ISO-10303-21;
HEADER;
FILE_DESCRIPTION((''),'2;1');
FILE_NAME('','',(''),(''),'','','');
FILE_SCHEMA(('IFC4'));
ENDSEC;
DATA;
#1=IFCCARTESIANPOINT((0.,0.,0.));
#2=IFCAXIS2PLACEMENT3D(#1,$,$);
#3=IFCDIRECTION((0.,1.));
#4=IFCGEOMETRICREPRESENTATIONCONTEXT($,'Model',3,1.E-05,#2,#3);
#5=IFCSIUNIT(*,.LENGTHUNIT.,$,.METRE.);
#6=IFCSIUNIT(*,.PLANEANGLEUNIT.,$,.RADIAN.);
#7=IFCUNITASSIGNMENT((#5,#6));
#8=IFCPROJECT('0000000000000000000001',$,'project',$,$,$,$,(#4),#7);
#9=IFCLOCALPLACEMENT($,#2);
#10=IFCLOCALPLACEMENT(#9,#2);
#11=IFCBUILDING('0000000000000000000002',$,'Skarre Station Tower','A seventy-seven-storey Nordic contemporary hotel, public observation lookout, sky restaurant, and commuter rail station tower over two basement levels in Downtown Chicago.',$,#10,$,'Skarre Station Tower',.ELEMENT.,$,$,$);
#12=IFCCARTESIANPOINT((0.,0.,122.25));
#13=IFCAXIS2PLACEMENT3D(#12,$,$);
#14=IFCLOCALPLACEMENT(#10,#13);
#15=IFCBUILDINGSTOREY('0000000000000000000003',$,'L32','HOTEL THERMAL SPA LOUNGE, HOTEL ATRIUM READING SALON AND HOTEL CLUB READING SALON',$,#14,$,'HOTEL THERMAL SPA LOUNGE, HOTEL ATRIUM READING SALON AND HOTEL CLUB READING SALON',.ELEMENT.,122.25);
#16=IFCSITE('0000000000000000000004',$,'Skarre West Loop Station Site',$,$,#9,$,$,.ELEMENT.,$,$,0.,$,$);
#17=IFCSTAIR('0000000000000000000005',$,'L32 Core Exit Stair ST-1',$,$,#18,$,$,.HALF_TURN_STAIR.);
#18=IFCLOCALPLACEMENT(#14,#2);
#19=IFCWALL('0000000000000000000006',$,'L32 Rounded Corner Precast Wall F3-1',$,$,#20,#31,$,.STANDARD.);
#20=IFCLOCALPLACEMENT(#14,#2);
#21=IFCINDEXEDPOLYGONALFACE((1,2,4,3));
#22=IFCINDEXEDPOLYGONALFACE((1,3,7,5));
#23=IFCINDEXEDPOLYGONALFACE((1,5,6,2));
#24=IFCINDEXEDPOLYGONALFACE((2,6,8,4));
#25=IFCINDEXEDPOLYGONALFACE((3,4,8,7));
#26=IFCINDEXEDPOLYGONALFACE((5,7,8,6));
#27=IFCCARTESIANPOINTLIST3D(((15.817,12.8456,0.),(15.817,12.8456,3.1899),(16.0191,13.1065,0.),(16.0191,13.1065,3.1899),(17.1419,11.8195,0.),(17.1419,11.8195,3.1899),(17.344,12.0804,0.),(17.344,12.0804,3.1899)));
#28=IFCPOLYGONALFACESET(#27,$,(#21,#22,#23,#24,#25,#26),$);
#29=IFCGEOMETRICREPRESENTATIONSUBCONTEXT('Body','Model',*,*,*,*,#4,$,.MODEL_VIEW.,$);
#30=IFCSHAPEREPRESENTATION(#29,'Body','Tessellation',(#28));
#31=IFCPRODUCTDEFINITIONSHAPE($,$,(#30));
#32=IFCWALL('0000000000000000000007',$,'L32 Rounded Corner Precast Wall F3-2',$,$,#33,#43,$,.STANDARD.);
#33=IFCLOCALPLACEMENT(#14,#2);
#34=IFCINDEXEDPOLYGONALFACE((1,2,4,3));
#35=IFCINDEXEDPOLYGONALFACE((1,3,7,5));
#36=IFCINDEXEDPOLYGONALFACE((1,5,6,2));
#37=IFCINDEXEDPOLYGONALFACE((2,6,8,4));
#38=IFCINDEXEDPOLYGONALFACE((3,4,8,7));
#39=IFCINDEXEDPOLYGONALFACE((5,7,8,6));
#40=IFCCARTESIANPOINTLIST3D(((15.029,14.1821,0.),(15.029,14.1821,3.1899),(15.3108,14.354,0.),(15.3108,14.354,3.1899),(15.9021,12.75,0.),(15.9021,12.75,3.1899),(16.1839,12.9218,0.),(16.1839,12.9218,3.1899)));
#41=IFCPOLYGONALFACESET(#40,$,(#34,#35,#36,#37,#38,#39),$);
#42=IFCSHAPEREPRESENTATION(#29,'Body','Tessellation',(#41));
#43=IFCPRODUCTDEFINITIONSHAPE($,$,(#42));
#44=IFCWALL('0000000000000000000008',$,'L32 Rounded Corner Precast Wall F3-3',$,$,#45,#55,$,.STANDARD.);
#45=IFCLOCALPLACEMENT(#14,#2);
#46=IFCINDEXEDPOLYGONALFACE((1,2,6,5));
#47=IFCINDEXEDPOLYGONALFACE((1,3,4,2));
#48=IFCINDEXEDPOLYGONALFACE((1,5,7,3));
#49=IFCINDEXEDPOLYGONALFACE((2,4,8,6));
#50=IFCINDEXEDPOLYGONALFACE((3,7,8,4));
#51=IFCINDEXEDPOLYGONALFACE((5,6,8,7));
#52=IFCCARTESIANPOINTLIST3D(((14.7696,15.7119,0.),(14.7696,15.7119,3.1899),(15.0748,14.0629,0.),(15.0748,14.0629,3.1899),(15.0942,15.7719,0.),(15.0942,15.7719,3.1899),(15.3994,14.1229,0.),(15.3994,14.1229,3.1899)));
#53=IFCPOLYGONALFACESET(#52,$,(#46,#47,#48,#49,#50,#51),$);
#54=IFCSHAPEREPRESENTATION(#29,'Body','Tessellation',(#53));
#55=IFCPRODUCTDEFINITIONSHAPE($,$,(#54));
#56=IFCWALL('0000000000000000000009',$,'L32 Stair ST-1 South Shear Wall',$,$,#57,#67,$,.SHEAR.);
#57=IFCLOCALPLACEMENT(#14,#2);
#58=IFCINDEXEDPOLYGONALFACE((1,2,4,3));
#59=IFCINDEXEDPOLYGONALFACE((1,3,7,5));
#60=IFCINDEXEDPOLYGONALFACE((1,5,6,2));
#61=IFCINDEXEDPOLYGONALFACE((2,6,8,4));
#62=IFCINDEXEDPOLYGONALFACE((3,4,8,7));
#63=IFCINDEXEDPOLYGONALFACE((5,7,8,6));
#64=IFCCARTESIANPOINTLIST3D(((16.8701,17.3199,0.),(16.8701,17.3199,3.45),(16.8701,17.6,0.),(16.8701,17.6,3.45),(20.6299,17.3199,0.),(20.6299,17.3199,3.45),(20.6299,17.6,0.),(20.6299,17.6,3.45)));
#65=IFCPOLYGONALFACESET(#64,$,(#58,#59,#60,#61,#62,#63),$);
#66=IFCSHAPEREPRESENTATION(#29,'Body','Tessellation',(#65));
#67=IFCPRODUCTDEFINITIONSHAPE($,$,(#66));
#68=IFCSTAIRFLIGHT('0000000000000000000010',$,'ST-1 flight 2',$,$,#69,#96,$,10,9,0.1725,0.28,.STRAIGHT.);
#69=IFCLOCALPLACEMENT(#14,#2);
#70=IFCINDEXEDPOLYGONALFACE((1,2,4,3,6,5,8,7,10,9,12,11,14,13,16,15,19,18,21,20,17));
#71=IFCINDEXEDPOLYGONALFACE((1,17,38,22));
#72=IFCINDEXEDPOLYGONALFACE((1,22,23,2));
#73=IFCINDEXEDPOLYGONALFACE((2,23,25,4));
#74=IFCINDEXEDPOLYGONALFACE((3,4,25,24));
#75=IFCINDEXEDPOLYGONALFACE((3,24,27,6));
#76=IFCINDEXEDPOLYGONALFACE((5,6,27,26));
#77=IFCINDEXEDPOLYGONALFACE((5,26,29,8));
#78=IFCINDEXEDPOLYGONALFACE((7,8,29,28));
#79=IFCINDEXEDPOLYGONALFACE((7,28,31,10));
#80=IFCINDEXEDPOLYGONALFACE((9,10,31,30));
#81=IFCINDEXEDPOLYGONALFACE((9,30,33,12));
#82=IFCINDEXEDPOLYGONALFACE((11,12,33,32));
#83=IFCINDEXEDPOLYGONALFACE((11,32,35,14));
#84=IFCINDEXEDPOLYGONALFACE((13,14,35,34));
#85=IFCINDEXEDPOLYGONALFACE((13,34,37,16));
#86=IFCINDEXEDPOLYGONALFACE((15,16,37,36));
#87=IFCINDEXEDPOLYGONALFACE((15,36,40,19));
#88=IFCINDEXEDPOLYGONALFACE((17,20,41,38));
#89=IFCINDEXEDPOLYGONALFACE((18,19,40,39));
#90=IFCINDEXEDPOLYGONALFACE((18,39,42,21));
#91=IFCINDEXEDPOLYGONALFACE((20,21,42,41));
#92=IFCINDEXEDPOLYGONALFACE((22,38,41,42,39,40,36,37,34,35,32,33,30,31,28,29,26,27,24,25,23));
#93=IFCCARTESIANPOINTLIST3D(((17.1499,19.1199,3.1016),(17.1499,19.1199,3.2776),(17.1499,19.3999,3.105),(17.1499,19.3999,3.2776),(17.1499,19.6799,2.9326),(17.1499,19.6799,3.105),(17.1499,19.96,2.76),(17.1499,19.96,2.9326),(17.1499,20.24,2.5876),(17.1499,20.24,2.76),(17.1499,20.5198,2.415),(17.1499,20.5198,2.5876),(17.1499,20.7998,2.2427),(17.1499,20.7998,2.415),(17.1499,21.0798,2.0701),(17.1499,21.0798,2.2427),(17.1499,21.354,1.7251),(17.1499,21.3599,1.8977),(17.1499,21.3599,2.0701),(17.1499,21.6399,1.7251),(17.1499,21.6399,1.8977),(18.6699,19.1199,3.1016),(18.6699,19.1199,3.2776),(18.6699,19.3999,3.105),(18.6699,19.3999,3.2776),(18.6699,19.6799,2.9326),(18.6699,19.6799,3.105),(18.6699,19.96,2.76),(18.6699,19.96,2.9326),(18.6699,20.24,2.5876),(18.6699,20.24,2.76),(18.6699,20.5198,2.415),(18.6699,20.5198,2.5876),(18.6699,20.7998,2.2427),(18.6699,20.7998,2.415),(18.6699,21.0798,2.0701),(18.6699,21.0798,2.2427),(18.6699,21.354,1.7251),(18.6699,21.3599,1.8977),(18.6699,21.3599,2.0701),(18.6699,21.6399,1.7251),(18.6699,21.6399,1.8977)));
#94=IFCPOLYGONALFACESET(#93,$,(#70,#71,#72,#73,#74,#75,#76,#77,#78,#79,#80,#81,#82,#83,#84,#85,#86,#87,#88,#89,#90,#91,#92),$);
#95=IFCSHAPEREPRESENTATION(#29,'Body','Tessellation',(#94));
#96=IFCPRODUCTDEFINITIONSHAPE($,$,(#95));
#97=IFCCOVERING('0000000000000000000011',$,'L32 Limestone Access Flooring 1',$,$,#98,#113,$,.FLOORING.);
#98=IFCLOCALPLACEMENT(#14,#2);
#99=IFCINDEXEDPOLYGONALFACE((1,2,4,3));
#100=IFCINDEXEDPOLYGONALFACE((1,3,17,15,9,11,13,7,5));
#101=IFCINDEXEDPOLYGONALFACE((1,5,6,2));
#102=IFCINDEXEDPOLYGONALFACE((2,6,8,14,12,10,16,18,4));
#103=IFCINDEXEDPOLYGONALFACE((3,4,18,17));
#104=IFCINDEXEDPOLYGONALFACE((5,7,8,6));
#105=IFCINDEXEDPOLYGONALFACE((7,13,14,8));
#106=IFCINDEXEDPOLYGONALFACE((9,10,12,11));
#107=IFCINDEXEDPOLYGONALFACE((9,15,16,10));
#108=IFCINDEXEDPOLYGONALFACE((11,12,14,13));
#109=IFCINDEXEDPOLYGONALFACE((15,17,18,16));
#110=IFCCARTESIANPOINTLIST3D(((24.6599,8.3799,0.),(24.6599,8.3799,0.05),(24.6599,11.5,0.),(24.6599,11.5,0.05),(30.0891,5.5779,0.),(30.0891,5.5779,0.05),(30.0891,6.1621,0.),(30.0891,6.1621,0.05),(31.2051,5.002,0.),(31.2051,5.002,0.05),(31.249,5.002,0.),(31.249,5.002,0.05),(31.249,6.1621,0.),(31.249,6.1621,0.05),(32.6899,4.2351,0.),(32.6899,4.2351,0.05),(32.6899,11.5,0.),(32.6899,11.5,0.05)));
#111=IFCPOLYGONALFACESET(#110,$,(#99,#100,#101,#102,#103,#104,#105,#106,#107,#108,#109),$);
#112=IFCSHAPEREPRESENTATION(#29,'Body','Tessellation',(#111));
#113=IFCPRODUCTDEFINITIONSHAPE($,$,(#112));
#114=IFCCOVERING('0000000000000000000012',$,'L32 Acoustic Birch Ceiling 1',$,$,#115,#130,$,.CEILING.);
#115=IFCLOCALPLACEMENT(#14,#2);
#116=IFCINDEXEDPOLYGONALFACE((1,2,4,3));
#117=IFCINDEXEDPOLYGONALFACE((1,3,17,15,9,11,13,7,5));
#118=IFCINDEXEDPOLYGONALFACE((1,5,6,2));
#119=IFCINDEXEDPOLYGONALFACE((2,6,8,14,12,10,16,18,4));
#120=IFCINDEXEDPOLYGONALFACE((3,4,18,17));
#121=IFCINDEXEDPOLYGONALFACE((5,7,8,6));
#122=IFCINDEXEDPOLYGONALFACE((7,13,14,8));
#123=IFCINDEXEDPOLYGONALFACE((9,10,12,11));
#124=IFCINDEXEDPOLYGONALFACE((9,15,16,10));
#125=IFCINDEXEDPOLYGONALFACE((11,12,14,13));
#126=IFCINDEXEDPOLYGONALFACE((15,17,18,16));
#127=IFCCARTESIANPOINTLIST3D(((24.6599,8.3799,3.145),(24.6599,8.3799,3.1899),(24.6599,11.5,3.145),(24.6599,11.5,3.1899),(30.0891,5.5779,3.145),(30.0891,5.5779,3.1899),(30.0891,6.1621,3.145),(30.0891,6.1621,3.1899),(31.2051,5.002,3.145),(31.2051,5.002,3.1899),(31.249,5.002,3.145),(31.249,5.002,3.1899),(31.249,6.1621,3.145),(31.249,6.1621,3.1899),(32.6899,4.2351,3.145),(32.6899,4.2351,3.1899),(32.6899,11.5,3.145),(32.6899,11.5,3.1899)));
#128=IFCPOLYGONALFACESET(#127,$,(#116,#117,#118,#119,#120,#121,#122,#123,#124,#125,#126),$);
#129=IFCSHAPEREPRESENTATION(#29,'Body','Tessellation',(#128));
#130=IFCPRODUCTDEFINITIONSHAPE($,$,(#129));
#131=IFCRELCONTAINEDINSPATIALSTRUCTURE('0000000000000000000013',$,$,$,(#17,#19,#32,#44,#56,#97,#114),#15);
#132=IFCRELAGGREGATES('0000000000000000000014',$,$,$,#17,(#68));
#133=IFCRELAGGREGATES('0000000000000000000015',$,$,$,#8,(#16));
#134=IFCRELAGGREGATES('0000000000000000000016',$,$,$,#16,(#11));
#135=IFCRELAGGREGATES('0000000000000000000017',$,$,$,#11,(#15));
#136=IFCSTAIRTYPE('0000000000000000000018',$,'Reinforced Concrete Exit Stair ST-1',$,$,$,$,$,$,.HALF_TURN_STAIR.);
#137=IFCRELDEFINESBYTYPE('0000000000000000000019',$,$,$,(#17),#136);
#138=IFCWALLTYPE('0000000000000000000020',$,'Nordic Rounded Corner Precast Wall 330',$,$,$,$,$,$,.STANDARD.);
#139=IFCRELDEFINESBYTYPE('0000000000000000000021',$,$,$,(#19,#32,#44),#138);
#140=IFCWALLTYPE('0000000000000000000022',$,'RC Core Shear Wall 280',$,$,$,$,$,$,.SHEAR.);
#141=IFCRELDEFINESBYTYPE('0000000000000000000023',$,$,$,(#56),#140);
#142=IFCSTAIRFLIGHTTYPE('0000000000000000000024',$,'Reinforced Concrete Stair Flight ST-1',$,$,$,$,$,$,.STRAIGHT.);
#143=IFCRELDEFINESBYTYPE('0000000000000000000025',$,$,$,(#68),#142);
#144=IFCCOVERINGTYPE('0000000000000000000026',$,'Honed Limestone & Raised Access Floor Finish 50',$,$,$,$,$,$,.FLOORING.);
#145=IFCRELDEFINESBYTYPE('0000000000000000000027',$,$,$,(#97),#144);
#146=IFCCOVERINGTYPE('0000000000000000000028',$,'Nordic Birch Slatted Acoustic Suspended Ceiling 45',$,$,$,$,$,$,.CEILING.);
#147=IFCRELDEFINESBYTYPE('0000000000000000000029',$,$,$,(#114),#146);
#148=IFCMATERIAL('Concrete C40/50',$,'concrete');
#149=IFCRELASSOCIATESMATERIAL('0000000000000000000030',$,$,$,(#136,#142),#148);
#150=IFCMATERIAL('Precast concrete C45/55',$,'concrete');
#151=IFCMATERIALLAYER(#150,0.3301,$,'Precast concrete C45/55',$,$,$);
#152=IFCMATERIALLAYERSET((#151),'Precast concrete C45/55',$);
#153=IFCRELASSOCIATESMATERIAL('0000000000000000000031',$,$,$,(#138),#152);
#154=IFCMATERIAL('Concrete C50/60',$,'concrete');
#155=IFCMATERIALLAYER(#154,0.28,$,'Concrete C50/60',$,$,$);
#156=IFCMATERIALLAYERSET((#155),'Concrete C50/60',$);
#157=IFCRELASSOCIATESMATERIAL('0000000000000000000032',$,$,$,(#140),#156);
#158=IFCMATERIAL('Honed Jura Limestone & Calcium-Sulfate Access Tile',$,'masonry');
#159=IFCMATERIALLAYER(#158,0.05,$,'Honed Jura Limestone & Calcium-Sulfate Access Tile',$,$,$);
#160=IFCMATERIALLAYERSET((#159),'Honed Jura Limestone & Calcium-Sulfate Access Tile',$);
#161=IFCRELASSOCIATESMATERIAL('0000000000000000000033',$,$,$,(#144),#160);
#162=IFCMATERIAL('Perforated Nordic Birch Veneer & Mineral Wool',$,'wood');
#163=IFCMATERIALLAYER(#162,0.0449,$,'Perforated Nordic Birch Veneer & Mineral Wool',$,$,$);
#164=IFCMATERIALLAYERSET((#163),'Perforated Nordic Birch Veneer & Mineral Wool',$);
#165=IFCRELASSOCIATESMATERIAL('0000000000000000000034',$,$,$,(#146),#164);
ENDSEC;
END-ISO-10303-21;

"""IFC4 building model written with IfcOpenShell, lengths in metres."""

from ifc_helpers import new_model, si_unit, direction, frame, frame_2d, origin, place, context, subcontext, project, spatial, polyline, rectangle, outline, extrude, material, layer, layer_set, type_object, element, aggregate, save


model = new_model("IFC4")

# Units and contexts
model_context = context("Model", 3, precision=1e-05, world=origin(), true_north=direction((0.0, 1.0)))
body_context = subcontext(model_context, "Body", "Model", "MODEL_VIEW")
ifc_project = project(units=[si_unit("LENGTHUNIT", "METRE"), si_unit("PLANEANGLEUNIT", "RADIAN")], contexts=[model_context])

# Site, building, storey
site_placement = place(None, origin())
site = spatial("IfcSite", under=ifc_project, at=site_placement, Name="Skarre West Loop Station Site", CompositionType="ELEMENT", RefElevation=0.0)
building_placement = place(site_placement, origin())
building = spatial("IfcBuilding", under=site, at=building_placement, Name="Skarre Station Tower", Description="A seventy-seven-storey Nordic contemporary hotel, public observation lookout, sky restaurant, and commuter rail station tower over two basement levels in Downtown Chicago.", LongName="Skarre Station Tower", CompositionType="ELEMENT")
storey_placement = place(building_placement, frame((0.0, 0.0, 122.25)))
storey = spatial("IfcBuildingStorey", under=building, at=storey_placement, Name="L32", Description="HOTEL THERMAL SPA LOUNGE, HOTEL ATRIUM READING SALON AND HOTEL CLUB READING SALON", LongName="HOTEL THERMAL SPA LOUNGE, HOTEL ATRIUM READING SALON AND HOTEL CLUB READING SALON", CompositionType="ELEMENT", Elevation=122.25)

# Shared definitions
ifc_material_1 = material(Name="Concrete C50/60", Category="concrete")

# Stair
ifc_material_2 = material(Name="Concrete C40/50", Category="concrete")
stair_type_1 = type_object("IfcStairType", Name="Reinforced Concrete Exit Stair ST-1", PredefinedType="HALF_TURN_STAIR", material=ifc_material_2)
stair_1_placement = place(storey_placement, origin())
stair_1 = element("IfcStair", 1, at=stair_1_placement, inside=storey, type_object=stair_type_1, Name="L32 Core Exit Stair ST-1", PredefinedType="HALF_TURN_STAIR")

# Shared definitions
ifc_material_3 = material(Name="Precast concrete C45/55", Category="concrete")

# Walls
ifc_layer_1 = layer(ifc_material_3, 0.3301, Name="Precast concrete C45/55")
ifc_layer_set_1 = layer_set([ifc_layer_1], Name="Precast concrete C45/55")
wall_type_1 = type_object("IfcWallType", Name="Nordic Rounded Corner Precast Wall 330", PredefinedType="STANDARD", material=ifc_layer_set_1)
wall_1_placement = place(storey_placement, frame((17.2429, 11.95, 0.0), z_axis=(0.0, 0.0, 1.0), x_axis=(-0.790621, 0.612305, 0.0)))
element("IfcWall", 2, at=wall_1_placement, inside=storey, type_object=wall_type_1, Name="L32 Rounded Corner Precast Wall F3-1", PredefinedType="STANDARD", context=body_context, shape_type="SweptSolid", body=[
    extrude(rectangle(XDim=1.6758, YDim=0.3301, at=frame_2d((0.8379, 0.0))), origin(), (0.0, 0.0, 1.0), 3.1899),
])
wall_2_placement = place(storey_placement, frame((16.043, 12.8359, 0.0), z_axis=(0.0, 0.0, 1.0), x_axis=(-0.520519, 0.85385, 0.0)))
element("IfcWall", 3, at=wall_2_placement, inside=storey, type_object=wall_type_1, Name="L32 Rounded Corner Precast Wall F3-2", PredefinedType="STANDARD", context=body_context, shape_type="SweptSolid", body=[
    extrude(rectangle(XDim=1.6772, YDim=0.3301, at=frame_2d((0.8386, 0.0))), origin(), (0.0, 0.0, 1.0), 3.1899),
])
wall_3_placement = place(storey_placement, frame((15.2371, 14.093, 0.0), z_axis=(0.0, 0.0, 1.0), x_axis=(-0.181985, 0.983301, 0.0)))
element("IfcWall", 4, at=wall_3_placement, inside=storey, type_object=wall_type_1, Name="L32 Rounded Corner Precast Wall F3-3", PredefinedType="STANDARD", context=body_context, shape_type="SweptSolid", body=[
    extrude(rectangle(XDim=1.677, YDim=0.3301, at=frame_2d((0.8384, 0.0))), origin(), (0.0, 0.0, 1.0), 3.1899),
])
ifc_layer_2 = layer(ifc_material_1, 0.28, Name="Concrete C50/60")
ifc_layer_set_2 = layer_set([ifc_layer_2], Name="Concrete C50/60")
wall_type_2 = type_object("IfcWallType", Name="RC Core Shear Wall 280", PredefinedType="SHEAR", material=ifc_layer_set_2)
wall_4_placement = place(storey_placement, frame((16.8701, 17.46, 0.0), z_axis=(0.0, 0.0, 1.0), x_axis=(1.0, 0.0, 0.0)))
element("IfcWall", 5, at=wall_4_placement, inside=storey, type_object=wall_type_2, Name="L32 Stair ST-1 South Shear Wall", PredefinedType="SHEAR", context=body_context, shape_type="SweptSolid", body=[
    extrude(rectangle(XDim=3.7598, YDim=0.28, at=frame_2d((1.8799, 0.0))), origin(), (0.0, 0.0, 1.0), 3.45),
])

# Stair flight
stair_flight_type = type_object("IfcStairFlightType", Name="Reinforced Concrete Stair Flight ST-1", PredefinedType="STRAIGHT", material=ifc_material_2)
stair_flight_placement = place(storey_placement, frame((17.9099, 21.6399, 1.7251), z_axis=(0.0, 0.0, 1.0), x_axis=(0.0, -1.0, 0.0)))
stair_flight = element("IfcStairFlight", 6, at=stair_flight_placement, type_object=stair_flight_type, Name="ST-1 flight 2", NumberOfRisers=10, NumberOfTreads=9, PredefinedType="STRAIGHT", RiserHeight=0.1725, TreadLength=0.28, context=body_context, shape_type="SweptSolid", body=[
    extrude(outline(polyline([(0.0, 0.0), (0.0, 0.1726), (0.28, 0.1726), (0.28, 0.345), (0.5601, 0.345), (0.5601, 0.5176), (0.8401, 0.5176), (0.8401, 0.6899), (1.1201, 0.6899), (1.1201, 0.8625), (1.3999, 0.8625), (1.3999, 1.0349), (1.6799, 1.0349), (1.6799, 1.2075), (1.96, 1.2075), (1.96, 1.3799), (2.24, 1.3799), (2.24, 1.5525), (2.52, 1.5525), (2.52, 1.7251), (2.52, 1.3765), (0.2859, 0.0), (0.0, 0.0)])), frame((0.0, 0.76, 0.0), z_axis=(0.0, -1.0, 0.0), x_axis=(1.0, 0.0, 0.0)), (0.0, 0.0, 1.0), 1.52),
])
aggregate(stair_1, [stair_flight])

# Coverings
ifc_material_4 = material(Name="Honed Jura Limestone & Calcium-Sulfate Access Tile", Category="masonry")
ifc_layer_3 = layer(ifc_material_4, 0.05, Name="Honed Jura Limestone & Calcium-Sulfate Access Tile")
ifc_layer_set_3 = layer_set([ifc_layer_3], Name="Honed Jura Limestone & Calcium-Sulfate Access Tile")
covering_type_1 = type_object("IfcCoveringType", Name="Honed Limestone & Raised Access Floor Finish 50", PredefinedType="FLOORING", material=ifc_layer_set_3)
covering_1_placement = place(storey_placement, origin())
element("IfcCovering", 7, at=covering_1_placement, inside=storey, type_object=covering_type_1, Name="L32 Limestone Access Flooring 1", PredefinedType="FLOORING", context=body_context, shape_type="SweptSolid", body=[
    extrude(outline(polyline([(24.6599, 8.3799), (30.0891, 5.5779), (30.0891, 6.1621), (31.249, 6.1621), (31.249, 5.002), (31.2051, 5.002), (32.6899, 4.2351), (32.6899, 11.5), (24.6599, 11.5), (24.6599, 8.3799)])), origin(), (0.0, 0.0, 1.0), 0.05),
])
ifc_material_5 = material(Name="Perforated Nordic Birch Veneer & Mineral Wool", Category="wood")
ifc_layer_4 = layer(ifc_material_5, 0.0449, Name="Perforated Nordic Birch Veneer & Mineral Wool")
ifc_layer_set_4 = layer_set([ifc_layer_4], Name="Perforated Nordic Birch Veneer & Mineral Wool")
covering_type_2 = type_object("IfcCoveringType", Name="Nordic Birch Slatted Acoustic Suspended Ceiling 45", PredefinedType="CEILING", material=ifc_layer_set_4)
covering_2_placement = place(storey_placement, frame((0.0, 0.0, 3.145)))
element("IfcCovering", 8, at=covering_2_placement, inside=storey, type_object=covering_type_2, Name="L32 Acoustic Birch Ceiling 1", PredefinedType="CEILING", context=body_context, shape_type="SweptSolid", body=[
    extrude(outline(polyline([(24.6599, 8.3799), (30.0891, 5.5779), (30.0891, 6.1621), (31.249, 6.1621), (31.249, 5.002), (31.2051, 5.002), (32.6899, 4.2351), (32.6899, 11.5), (24.6599, 11.5), (24.6599, 8.3799)])), origin(), (0.0, 0.0, 1.0), 0.0449),
])

save(model, "model.ifc")
